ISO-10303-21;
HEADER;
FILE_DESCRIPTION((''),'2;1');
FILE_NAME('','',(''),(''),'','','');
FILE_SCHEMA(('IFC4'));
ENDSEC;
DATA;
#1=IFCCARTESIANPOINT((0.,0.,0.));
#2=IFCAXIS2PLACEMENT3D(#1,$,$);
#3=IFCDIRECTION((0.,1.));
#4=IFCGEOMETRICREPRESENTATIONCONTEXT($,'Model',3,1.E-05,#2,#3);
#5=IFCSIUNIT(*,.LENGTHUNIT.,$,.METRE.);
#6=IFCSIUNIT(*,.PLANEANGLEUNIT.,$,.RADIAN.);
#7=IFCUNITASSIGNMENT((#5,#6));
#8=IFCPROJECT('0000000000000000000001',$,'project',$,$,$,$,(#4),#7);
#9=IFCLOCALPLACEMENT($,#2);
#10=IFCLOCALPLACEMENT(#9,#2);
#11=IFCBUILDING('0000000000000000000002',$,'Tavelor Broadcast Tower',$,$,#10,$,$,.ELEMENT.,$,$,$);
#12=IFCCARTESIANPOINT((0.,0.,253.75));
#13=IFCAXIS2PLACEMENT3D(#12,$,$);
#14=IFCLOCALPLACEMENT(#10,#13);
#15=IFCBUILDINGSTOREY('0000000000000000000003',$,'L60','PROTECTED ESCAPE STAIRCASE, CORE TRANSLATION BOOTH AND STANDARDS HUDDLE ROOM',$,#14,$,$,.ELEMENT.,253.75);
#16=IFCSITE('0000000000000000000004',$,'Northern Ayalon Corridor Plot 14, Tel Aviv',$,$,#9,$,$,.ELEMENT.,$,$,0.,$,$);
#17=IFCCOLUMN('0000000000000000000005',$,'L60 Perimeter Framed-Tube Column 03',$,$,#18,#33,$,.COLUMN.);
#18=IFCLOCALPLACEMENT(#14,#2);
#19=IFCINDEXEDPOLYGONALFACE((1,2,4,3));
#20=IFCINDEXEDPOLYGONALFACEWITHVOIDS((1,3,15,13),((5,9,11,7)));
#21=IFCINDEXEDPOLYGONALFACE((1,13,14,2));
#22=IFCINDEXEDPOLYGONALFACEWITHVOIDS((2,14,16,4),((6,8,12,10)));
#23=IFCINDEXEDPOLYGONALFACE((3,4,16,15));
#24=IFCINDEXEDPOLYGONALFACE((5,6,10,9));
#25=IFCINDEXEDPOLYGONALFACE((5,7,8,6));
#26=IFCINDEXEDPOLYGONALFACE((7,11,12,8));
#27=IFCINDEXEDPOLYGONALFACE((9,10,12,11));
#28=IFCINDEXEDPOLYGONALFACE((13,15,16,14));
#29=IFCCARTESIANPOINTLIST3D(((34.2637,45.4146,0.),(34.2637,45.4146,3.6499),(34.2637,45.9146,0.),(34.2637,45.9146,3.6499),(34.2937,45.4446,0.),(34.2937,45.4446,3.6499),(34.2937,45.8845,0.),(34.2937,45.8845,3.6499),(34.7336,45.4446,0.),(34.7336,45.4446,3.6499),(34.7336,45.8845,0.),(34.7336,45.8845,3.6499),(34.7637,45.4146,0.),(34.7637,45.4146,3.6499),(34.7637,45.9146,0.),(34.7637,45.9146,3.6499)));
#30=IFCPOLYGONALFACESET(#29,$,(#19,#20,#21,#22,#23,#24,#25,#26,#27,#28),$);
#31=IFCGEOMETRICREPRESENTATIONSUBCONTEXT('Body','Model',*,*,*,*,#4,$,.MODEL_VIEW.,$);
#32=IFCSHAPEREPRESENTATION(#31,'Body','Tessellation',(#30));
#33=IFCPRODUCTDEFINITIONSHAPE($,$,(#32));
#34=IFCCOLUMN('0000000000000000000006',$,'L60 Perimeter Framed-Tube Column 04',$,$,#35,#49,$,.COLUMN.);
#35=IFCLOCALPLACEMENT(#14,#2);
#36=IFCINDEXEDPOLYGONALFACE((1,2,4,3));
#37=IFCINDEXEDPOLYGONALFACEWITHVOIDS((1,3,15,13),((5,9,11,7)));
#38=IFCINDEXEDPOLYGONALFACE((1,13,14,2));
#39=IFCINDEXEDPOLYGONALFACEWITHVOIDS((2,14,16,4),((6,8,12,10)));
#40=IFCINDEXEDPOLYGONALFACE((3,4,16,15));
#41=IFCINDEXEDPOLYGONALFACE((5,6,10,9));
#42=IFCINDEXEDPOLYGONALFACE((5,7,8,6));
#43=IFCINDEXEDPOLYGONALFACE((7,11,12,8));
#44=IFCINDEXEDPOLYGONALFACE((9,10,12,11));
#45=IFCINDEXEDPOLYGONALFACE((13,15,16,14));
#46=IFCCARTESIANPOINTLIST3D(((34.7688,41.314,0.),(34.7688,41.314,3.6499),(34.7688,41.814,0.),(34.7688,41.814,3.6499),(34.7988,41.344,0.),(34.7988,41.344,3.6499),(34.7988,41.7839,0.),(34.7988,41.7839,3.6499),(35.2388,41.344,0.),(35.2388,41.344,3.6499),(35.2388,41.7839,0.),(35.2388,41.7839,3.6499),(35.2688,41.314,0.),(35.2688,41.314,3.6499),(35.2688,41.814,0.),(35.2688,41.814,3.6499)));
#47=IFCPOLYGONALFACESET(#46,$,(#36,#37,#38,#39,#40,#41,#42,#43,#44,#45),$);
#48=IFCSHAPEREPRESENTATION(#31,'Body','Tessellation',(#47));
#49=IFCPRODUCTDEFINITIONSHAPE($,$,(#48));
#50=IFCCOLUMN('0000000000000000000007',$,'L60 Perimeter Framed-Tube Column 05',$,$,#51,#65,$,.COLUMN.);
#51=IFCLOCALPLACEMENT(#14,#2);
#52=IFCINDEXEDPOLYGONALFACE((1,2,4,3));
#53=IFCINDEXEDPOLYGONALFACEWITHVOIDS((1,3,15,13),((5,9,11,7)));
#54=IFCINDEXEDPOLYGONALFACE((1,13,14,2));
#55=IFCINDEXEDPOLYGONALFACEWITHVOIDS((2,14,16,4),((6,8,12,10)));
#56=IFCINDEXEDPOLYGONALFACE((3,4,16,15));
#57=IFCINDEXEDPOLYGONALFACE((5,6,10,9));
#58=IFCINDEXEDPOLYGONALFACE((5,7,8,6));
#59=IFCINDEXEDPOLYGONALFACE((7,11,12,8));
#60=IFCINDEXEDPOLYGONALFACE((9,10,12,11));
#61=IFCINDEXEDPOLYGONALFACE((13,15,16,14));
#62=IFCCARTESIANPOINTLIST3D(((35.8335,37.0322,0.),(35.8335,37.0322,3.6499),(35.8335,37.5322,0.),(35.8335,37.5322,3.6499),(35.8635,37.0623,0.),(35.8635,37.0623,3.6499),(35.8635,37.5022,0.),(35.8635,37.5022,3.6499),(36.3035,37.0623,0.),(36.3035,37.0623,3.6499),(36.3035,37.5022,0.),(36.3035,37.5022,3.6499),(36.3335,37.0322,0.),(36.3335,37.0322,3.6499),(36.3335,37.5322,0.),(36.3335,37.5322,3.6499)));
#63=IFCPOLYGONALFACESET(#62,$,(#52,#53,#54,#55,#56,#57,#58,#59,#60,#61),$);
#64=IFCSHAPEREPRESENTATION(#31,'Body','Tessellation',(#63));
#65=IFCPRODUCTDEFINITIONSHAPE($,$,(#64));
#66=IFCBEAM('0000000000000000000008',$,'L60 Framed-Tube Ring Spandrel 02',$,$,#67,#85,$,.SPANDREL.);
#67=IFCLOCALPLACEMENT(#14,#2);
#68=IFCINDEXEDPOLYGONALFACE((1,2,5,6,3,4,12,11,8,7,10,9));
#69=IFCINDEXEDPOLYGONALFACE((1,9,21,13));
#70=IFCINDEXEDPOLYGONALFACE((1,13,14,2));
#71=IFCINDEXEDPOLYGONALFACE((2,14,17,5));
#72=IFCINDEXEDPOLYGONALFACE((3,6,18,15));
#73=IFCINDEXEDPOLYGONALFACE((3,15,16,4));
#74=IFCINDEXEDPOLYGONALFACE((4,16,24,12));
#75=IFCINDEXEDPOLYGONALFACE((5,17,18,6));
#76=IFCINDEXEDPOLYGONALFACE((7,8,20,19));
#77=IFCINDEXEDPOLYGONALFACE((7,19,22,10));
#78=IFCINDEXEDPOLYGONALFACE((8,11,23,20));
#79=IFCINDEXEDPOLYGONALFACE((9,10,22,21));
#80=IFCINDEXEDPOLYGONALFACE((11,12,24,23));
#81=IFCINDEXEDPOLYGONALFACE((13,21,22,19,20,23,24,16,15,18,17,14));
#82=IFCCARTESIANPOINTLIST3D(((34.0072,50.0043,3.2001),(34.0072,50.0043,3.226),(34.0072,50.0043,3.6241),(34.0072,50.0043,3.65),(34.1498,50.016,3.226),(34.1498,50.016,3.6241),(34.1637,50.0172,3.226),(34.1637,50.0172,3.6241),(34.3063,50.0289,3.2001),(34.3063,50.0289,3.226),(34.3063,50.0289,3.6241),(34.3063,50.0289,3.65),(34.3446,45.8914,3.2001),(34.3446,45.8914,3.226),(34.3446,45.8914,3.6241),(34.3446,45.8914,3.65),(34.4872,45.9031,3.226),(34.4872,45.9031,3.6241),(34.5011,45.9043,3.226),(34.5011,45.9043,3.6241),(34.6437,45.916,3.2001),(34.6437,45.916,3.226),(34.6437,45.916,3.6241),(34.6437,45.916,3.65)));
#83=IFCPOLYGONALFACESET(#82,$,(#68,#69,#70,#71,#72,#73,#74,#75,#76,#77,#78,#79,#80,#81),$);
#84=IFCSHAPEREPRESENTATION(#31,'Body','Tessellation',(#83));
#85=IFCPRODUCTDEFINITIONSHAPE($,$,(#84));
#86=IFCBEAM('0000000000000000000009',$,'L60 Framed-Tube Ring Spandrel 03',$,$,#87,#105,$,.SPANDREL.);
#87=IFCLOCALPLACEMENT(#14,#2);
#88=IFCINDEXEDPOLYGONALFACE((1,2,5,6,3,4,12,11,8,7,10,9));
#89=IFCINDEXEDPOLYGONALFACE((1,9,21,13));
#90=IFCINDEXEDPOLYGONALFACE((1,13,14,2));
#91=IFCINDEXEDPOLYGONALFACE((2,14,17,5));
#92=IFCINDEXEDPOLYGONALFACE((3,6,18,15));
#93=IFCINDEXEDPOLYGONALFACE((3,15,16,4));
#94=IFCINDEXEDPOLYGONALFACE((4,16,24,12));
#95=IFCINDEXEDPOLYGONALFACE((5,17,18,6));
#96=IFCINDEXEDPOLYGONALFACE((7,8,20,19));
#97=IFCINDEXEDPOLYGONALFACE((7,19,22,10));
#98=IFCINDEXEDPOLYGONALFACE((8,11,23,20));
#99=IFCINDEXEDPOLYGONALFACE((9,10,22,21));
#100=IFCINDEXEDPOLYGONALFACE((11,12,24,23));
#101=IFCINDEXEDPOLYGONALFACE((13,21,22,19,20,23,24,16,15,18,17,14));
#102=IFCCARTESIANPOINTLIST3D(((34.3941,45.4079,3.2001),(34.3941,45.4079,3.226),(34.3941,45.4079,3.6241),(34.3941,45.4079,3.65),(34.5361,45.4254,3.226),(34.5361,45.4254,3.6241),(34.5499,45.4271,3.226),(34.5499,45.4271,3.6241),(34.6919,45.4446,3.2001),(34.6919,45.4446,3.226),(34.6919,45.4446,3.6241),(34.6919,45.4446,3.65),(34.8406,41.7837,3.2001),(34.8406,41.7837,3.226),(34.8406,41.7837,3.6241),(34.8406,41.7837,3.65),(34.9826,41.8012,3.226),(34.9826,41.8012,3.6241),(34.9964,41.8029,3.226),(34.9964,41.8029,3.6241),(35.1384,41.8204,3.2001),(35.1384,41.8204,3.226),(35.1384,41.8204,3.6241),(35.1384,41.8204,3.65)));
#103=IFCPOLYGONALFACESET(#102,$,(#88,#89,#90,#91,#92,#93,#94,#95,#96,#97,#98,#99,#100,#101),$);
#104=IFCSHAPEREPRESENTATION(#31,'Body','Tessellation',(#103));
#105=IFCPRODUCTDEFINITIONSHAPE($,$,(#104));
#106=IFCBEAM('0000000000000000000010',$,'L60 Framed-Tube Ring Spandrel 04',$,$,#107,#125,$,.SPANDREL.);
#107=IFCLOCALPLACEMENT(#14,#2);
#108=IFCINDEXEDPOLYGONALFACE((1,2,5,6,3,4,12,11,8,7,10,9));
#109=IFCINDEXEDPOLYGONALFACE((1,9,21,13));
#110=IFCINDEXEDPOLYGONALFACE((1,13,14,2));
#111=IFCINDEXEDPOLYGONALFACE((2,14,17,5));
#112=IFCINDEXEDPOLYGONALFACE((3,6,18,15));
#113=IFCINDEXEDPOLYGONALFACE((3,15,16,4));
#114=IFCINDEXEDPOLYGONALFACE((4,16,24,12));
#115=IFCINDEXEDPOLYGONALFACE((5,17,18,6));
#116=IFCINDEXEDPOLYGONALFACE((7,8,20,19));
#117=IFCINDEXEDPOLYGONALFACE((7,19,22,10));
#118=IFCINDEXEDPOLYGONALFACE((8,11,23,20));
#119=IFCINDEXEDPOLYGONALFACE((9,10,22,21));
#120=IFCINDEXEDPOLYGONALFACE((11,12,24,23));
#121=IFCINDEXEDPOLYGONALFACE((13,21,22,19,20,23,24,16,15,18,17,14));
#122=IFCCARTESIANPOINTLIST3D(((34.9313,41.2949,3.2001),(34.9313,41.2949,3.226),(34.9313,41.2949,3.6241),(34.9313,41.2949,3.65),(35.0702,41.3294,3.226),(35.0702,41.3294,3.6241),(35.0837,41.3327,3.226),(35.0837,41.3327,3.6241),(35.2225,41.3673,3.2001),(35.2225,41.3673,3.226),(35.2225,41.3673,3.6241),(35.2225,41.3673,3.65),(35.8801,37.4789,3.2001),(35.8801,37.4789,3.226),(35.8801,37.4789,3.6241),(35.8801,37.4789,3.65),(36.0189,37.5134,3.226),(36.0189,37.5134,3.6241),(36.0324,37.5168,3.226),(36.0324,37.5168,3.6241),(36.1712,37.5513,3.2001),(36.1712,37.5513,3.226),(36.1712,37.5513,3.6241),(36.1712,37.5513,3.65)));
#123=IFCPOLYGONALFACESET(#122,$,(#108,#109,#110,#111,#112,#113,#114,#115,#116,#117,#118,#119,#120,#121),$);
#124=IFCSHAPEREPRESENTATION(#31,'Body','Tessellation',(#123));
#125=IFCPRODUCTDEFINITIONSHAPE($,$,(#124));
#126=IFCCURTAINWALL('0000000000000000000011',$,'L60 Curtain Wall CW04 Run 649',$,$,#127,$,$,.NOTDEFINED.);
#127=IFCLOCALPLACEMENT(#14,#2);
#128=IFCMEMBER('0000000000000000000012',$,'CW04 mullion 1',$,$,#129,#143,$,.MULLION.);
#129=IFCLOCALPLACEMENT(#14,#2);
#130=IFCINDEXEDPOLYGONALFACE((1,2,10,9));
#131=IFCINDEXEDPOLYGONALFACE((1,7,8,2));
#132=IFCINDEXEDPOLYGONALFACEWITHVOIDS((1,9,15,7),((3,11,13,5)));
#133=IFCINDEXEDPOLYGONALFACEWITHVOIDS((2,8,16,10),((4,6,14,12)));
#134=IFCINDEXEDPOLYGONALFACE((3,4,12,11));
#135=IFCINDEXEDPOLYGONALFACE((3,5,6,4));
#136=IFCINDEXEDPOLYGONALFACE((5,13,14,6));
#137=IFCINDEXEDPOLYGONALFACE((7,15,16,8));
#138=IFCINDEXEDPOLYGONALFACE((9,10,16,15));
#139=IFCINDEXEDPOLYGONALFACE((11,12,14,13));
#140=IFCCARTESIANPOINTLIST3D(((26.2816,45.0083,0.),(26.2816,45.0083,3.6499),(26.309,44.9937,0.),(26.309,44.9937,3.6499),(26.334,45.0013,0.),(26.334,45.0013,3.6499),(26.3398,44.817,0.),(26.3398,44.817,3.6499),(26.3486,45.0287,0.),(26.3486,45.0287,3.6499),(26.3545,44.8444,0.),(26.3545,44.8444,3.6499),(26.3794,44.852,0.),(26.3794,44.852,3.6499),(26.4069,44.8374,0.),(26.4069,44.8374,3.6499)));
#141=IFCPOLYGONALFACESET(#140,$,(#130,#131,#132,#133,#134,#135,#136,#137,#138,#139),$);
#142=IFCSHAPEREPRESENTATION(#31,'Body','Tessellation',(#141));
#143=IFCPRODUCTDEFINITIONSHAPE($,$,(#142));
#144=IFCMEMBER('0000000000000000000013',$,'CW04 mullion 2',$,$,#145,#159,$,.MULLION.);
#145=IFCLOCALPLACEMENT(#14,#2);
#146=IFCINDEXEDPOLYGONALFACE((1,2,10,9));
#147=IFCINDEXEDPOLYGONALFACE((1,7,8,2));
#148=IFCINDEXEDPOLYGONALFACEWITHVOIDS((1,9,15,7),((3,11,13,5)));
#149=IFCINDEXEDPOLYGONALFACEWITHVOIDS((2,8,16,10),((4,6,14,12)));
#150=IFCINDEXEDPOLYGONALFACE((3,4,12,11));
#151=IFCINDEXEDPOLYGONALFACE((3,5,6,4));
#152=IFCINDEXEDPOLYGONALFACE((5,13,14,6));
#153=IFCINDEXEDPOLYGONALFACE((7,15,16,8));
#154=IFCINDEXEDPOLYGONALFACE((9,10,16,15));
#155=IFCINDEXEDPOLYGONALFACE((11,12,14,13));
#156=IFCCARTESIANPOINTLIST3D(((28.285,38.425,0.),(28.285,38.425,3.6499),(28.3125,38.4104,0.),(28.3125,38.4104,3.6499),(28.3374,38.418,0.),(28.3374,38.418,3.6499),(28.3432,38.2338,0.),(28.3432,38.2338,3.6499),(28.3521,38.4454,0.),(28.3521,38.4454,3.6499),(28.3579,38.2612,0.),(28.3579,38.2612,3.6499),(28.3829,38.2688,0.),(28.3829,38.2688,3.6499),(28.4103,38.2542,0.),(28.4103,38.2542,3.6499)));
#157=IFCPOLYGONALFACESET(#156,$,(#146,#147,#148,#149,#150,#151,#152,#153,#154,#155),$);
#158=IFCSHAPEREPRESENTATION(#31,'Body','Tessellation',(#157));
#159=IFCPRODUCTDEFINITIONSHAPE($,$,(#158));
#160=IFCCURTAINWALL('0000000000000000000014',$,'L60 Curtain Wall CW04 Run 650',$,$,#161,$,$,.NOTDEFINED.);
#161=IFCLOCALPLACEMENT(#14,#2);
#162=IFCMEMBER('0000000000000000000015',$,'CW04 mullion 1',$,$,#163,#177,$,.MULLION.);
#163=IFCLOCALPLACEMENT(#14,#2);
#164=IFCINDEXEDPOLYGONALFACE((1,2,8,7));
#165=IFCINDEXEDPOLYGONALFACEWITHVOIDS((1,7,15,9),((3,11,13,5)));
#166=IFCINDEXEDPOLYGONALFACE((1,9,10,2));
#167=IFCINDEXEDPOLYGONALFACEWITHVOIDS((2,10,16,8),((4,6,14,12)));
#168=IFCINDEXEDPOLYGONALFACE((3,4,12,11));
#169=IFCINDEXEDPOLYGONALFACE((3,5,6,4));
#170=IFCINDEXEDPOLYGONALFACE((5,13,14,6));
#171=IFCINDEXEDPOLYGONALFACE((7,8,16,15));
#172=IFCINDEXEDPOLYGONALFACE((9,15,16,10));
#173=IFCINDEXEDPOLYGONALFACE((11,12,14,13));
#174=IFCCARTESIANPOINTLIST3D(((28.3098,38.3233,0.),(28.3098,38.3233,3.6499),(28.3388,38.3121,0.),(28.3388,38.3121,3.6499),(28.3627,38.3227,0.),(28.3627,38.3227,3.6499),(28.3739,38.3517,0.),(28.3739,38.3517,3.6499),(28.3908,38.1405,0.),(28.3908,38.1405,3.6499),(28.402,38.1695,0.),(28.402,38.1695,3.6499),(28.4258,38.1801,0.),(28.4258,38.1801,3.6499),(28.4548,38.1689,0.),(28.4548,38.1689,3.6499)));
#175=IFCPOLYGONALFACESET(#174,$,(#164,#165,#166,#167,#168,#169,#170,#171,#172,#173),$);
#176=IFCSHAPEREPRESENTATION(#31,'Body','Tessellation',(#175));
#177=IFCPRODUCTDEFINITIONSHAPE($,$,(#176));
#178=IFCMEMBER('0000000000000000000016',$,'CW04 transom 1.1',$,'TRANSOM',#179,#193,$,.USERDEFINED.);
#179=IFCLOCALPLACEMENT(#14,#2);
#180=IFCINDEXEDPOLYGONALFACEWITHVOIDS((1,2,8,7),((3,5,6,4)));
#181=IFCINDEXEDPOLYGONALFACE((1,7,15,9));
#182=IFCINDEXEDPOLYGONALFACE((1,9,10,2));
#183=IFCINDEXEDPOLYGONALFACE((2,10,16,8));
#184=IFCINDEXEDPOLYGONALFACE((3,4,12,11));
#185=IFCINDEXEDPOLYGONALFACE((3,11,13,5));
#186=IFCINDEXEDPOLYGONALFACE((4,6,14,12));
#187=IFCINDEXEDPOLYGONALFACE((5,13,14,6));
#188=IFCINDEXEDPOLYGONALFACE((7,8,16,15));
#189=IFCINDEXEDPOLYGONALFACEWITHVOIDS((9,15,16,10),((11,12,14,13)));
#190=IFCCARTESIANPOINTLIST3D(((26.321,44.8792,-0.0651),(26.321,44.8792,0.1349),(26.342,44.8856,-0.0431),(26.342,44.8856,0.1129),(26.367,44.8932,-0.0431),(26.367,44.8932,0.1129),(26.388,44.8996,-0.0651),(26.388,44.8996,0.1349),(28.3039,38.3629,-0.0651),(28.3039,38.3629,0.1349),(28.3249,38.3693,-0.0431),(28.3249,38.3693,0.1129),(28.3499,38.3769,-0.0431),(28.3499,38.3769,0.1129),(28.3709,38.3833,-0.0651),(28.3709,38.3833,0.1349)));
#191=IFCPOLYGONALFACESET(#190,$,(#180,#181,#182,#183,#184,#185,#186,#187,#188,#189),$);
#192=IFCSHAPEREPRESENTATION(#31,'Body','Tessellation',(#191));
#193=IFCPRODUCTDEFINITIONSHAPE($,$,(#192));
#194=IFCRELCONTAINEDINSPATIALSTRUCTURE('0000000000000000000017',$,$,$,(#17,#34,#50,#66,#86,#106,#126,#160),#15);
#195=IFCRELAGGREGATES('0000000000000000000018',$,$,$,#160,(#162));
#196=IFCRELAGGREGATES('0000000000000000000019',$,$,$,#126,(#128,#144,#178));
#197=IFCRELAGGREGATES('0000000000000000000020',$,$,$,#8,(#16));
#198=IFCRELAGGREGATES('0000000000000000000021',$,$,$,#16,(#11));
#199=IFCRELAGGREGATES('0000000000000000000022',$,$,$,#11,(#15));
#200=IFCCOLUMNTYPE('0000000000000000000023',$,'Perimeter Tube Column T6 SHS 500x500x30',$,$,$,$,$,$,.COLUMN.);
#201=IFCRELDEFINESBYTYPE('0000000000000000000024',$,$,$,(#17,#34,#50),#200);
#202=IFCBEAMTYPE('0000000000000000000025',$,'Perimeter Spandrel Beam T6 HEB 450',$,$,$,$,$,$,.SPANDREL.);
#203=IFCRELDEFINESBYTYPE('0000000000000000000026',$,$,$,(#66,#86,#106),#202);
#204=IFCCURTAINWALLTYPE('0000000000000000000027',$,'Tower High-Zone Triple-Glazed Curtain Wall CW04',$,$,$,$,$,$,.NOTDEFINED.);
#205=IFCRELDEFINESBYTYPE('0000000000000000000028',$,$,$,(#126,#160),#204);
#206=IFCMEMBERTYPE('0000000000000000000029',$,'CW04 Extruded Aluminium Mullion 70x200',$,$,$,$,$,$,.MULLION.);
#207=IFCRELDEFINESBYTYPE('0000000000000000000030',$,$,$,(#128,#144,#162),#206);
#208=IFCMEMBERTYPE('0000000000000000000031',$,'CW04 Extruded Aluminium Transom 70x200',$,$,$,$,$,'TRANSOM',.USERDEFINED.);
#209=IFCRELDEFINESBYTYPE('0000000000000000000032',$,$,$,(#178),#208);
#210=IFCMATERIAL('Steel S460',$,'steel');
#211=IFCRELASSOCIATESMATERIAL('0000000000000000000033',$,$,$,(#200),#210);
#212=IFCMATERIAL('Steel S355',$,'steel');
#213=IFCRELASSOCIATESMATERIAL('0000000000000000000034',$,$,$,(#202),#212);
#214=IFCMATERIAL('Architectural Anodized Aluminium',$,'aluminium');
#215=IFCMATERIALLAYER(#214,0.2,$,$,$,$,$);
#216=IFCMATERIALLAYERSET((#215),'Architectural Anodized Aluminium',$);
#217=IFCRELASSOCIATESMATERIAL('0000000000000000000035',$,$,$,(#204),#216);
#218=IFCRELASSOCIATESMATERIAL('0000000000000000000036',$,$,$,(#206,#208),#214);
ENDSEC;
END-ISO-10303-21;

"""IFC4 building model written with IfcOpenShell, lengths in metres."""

from ifc_helpers import new_model, si_unit, direction, frame, origin, origin_2d, place, context, subcontext, project, spatial, hollow_rectangle, i_section, extrude, source, transform, mapped, material, layer, layer_set, material_profile, profile_set, type_object, type_shapes, element, aggregate, save


model = new_model("IFC4")

# Units and contexts
model_context = context("Model", 3, precision=1e-05, world=origin(), true_north=direction((0.0, 1.0)))
body_context = subcontext(model_context, "Body", "Model", "MODEL_VIEW")
ifc_project = project(units=[si_unit("LENGTHUNIT", "METRE"), si_unit("PLANEANGLEUNIT", "RADIAN")], contexts=[model_context])

# Site, building, storey
site_placement = place(None, origin())
site = spatial("IfcSite", under=ifc_project, at=site_placement, Name="Northern Ayalon Corridor Plot 14, Tel Aviv", CompositionType="ELEMENT", RefElevation=0.0)
building_placement = place(site_placement, origin())
building = spatial("IfcBuilding", under=site, at=building_placement, Name="Tavelor Broadcast Tower", CompositionType="ELEMENT")
storey_placement = place(building_placement, frame((0.0, 0.0, 253.75)))
storey = spatial("IfcBuildingStorey", under=building, at=storey_placement, Name="L60", Description="PROTECTED ESCAPE STAIRCASE, CORE TRANSLATION BOOTH AND STANDARDS HUDDLE ROOM", CompositionType="ELEMENT", Elevation=253.75)

# Columns
ifc_material_1 = material(Name="Steel S460", Category="steel")
ifc_material_profile_1 = material_profile(ifc_material_1, hollow_rectangle(XDim=0.5, YDim=0.5, WallThickness=0.03, at=origin_2d()), Name="SHS 500x500x30")
ifc_profile_set_1 = profile_set([ifc_material_profile_1], Name="Steel S460")
column_type = type_object("IfcColumnType", Name="Perimeter Tube Column T6 SHS 500x500x30", PredefinedType="COLUMN", material=ifc_profile_set_1)
for number, where, z_axis, x_axis, name in (
    (1, (34.5137, 45.6646, 0.0), (0.0, 0.0, 1.0), (1.0, 0.0, 0.0), "L60 Perimeter Framed-Tube Column 03"),
    (2, (35.0188, 41.564, 0.0), (0.0, 0.0, 1.0), (1.0, 0.0, 0.0), "L60 Perimeter Framed-Tube Column 04"),
    (3, (36.0835, 37.2822, 0.0), (0.0, 0.0, 1.0), (1.0, 0.0, 0.0), "L60 Perimeter Framed-Tube Column 05"),
):
    element("IfcColumn", number, at=place(storey_placement, frame(where, z_axis=z_axis, x_axis=x_axis)), inside=storey, type_object=column_type, Name=name, PredefinedType="COLUMN", context=body_context, shape_type="SweptSolid", body=[
        extrude(hollow_rectangle(XDim=0.5, YDim=0.5, WallThickness=0.03, at=origin_2d()), origin(), (0.0, 0.0, 1.0), 3.6499),
    ])

# Beams
ifc_material_2 = material(Name="Steel S355", Category="steel")
ifc_material_profile_2 = material_profile(ifc_material_2, i_section(OverallWidth=0.3, OverallDepth=0.45, WebThickness=0.0139, FlangeThickness=0.0259, at=origin_2d()), Name="HEB 450")
ifc_profile_set_2 = profile_set([ifc_material_profile_2], Name="Steel S355")
beam_type = type_object("IfcBeamType", Name="Perimeter Spandrel Beam T6 HEB 450", PredefinedType="SPANDREL", material=ifc_profile_set_2)
beam_1_placement = place(storey_placement, frame((34.1567, 50.0166, 3.425), z_axis=(0.081763, -0.996652, 0.0), x_axis=(0.996652, 0.081763, 0.0)))
element("IfcBeam", 4, at=beam_1_placement, inside=storey, type_object=beam_type, Name="L60 Framed-Tube Ring Spandrel 02", PredefinedType="SPANDREL", context=body_context, shape_type="SweptSolid", body=[
    extrude(i_section(OverallWidth=0.3, OverallDepth=0.45, WebThickness=0.0139, FlangeThickness=0.0259, at=origin_2d()), origin(), (0.0, 0.0, 1.0), 4.1267),
])
beam_2_placement = place(storey_placement, frame((34.543, 45.4263, 3.425), z_axis=(0.122282, -0.992495, 0.0), x_axis=(0.992495, 0.122282, 0.0)))
element("IfcBeam", 5, at=beam_2_placement, inside=storey, type_object=beam_type, Name="L60 Framed-Tube Ring Spandrel 03", PredefinedType="SPANDREL", context=body_context, shape_type="SweptSolid", body=[
    extrude(i_section(OverallWidth=0.3, OverallDepth=0.45, WebThickness=0.0139, FlangeThickness=0.0259, at=origin_2d()), origin(), (0.0, 0.0, 1.0), 3.6516),
])
beam_3_placement = place(storey_placement, frame((35.0769, 41.3311, 3.425), z_axis=(0.241279, -0.970456, 0.0), x_axis=(0.970456, 0.241279, 0.0)))
element("IfcBeam", 6, at=beam_3_placement, inside=storey, type_object=beam_type, Name="L60 Framed-Tube Ring Spandrel 04", PredefinedType="SPANDREL", context=body_context, shape_type="SweptSolid", body=[
    extrude(i_section(OverallWidth=0.3, OverallDepth=0.45, WebThickness=0.0139, FlangeThickness=0.0259, at=origin_2d()), origin(), (0.0, 0.0, 1.0), 3.9321),
])

# Curtain wall, members
ifc_material_3 = material(Name="Architectural Anodized Aluminium", Category="aluminium")
ifc_layer_1 = layer(ifc_material_3, 0.2)
ifc_layer_set_1 = layer_set([ifc_layer_1], Name="Architectural Anodized Aluminium")
curtain_wall_type = type_object("IfcCurtainWallType", Name="Tower High-Zone Triple-Glazed Curtain Wall CW04", PredefinedType="NOTDEFINED", material=ifc_layer_set_1)
curtain_wall_1_placement = place(storey_placement, origin())
curtain_wall_1 = element("IfcCurtainWall", 7, at=curtain_wall_1_placement, inside=storey, type_object=curtain_wall_type, Name="L60 Curtain Wall CW04 Run 649", PredefinedType="NOTDEFINED")
ifc_material_profile_3 = material_profile(ifc_material_3, hollow_rectangle(XDim=0.0701, YDim=0.2, WallThickness=0.022, at=origin_2d()), Name="RHS 70x200x22")
ifc_profile_set_3 = profile_set([ifc_material_profile_3], Name="Architectural Anodized Aluminium")
member_type_1 = type_object("IfcMemberType", Name="CW04 Extruded Aluminium Mullion 70x200", PredefinedType="MULLION", material=ifc_profile_set_3)
shared_shape_1 = source(origin(), body_context, "Body", "SweptSolid", [
    extrude(hollow_rectangle(XDim=0.0701, YDim=0.2, WallThickness=0.022, at=origin_2d()), origin(), (0.0, 0.0, 1.0), 3.6499),
])
type_shapes(member_type_1, [shared_shape_1])
member_1_placement = place(storey_placement, frame((26.3442, 44.9229, 0.0), z_axis=(0.0, 0.0, 1.0), x_axis=(0.956685, 0.291126, 0.0)))
member_1 = element("IfcMember", 8, at=member_1_placement, type_object=member_type_1, Name="CW04 mullion 1", PredefinedType="MULLION", context=body_context, shape_type="MappedRepresentation", body=[
    mapped(shared_shape_1, transform((0.0, 0.0, 0.0), scale=1.0)),
])
member_2_placement = place(storey_placement, frame((28.3477, 38.3396, 0.0), z_axis=(0.0, 0.0, 1.0), x_axis=(0.956685, 0.291126, 0.0)))
member_2 = element("IfcMember", 9, at=member_2_placement, type_object=member_type_1, Name="CW04 mullion 2", PredefinedType="MULLION", context=body_context, shape_type="MappedRepresentation", body=[
    mapped(shared_shape_1, transform((0.0, 0.0, 0.0), scale=1.0)),
])

# Curtain wall, member
curtain_wall_2_placement = place(storey_placement, origin())
curtain_wall_2 = element("IfcCurtainWall", 10, at=curtain_wall_2_placement, inside=storey, type_object=curtain_wall_type, Name="L60 Curtain Wall CW04 Run 650", PredefinedType="NOTDEFINED")
member_3_placement = place(storey_placement, frame((28.3823, 38.2461, 0.0), z_axis=(0.0, 0.0, 1.0), x_axis=(0.91443, 0.404744, 0.0)))
member_3 = element("IfcMember", 11, at=member_3_placement, type_object=member_type_1, Name="CW04 mullion 1", PredefinedType="MULLION", context=body_context, shape_type="MappedRepresentation", body=[
    mapped(shared_shape_1, transform((0.0, 0.0, 0.0), scale=1.0)),
])

# Member
ifc_material_profile_4 = material_profile(ifc_material_3, hollow_rectangle(XDim=0.0701, YDim=0.2, WallThickness=0.022, at=origin_2d()), Name="RHS 70x200x22")
ifc_profile_set_4 = profile_set([ifc_material_profile_4], Name="Architectural Anodized Aluminium")
member_type_2 = type_object("IfcMemberType", Name="CW04 Extruded Aluminium Transom 70x200", ElementType="TRANSOM", PredefinedType="USERDEFINED", material=ifc_profile_set_4)
shared_shape_2 = source(origin(), body_context, "Body", "SweptSolid", [
    extrude(hollow_rectangle(XDim=0.0701, YDim=0.2, WallThickness=0.022, at=origin_2d()), origin(), (0.0, 0.0, 1.0), 6.8113),
])
member_4_placement = place(storey_placement, frame((26.3545, 44.8894, 0.0349), z_axis=(0.291117, -0.956687, 0.0), x_axis=(0.956687, 0.291117, 0.0)))
member_4 = element("IfcMember", 12, at=member_4_placement, type_object=member_type_2, Name="CW04 transom 1.1", ObjectType="TRANSOM", PredefinedType="USERDEFINED", context=body_context, shape_type="MappedRepresentation", body=[
    mapped(shared_shape_2, transform((0.0, 0.0, 0.0), scale=1.0)),
])
aggregate(curtain_wall_2, [member_3])

aggregate(curtain_wall_1, [member_1, member_2, member_4])

save(model, "model.ifc")
